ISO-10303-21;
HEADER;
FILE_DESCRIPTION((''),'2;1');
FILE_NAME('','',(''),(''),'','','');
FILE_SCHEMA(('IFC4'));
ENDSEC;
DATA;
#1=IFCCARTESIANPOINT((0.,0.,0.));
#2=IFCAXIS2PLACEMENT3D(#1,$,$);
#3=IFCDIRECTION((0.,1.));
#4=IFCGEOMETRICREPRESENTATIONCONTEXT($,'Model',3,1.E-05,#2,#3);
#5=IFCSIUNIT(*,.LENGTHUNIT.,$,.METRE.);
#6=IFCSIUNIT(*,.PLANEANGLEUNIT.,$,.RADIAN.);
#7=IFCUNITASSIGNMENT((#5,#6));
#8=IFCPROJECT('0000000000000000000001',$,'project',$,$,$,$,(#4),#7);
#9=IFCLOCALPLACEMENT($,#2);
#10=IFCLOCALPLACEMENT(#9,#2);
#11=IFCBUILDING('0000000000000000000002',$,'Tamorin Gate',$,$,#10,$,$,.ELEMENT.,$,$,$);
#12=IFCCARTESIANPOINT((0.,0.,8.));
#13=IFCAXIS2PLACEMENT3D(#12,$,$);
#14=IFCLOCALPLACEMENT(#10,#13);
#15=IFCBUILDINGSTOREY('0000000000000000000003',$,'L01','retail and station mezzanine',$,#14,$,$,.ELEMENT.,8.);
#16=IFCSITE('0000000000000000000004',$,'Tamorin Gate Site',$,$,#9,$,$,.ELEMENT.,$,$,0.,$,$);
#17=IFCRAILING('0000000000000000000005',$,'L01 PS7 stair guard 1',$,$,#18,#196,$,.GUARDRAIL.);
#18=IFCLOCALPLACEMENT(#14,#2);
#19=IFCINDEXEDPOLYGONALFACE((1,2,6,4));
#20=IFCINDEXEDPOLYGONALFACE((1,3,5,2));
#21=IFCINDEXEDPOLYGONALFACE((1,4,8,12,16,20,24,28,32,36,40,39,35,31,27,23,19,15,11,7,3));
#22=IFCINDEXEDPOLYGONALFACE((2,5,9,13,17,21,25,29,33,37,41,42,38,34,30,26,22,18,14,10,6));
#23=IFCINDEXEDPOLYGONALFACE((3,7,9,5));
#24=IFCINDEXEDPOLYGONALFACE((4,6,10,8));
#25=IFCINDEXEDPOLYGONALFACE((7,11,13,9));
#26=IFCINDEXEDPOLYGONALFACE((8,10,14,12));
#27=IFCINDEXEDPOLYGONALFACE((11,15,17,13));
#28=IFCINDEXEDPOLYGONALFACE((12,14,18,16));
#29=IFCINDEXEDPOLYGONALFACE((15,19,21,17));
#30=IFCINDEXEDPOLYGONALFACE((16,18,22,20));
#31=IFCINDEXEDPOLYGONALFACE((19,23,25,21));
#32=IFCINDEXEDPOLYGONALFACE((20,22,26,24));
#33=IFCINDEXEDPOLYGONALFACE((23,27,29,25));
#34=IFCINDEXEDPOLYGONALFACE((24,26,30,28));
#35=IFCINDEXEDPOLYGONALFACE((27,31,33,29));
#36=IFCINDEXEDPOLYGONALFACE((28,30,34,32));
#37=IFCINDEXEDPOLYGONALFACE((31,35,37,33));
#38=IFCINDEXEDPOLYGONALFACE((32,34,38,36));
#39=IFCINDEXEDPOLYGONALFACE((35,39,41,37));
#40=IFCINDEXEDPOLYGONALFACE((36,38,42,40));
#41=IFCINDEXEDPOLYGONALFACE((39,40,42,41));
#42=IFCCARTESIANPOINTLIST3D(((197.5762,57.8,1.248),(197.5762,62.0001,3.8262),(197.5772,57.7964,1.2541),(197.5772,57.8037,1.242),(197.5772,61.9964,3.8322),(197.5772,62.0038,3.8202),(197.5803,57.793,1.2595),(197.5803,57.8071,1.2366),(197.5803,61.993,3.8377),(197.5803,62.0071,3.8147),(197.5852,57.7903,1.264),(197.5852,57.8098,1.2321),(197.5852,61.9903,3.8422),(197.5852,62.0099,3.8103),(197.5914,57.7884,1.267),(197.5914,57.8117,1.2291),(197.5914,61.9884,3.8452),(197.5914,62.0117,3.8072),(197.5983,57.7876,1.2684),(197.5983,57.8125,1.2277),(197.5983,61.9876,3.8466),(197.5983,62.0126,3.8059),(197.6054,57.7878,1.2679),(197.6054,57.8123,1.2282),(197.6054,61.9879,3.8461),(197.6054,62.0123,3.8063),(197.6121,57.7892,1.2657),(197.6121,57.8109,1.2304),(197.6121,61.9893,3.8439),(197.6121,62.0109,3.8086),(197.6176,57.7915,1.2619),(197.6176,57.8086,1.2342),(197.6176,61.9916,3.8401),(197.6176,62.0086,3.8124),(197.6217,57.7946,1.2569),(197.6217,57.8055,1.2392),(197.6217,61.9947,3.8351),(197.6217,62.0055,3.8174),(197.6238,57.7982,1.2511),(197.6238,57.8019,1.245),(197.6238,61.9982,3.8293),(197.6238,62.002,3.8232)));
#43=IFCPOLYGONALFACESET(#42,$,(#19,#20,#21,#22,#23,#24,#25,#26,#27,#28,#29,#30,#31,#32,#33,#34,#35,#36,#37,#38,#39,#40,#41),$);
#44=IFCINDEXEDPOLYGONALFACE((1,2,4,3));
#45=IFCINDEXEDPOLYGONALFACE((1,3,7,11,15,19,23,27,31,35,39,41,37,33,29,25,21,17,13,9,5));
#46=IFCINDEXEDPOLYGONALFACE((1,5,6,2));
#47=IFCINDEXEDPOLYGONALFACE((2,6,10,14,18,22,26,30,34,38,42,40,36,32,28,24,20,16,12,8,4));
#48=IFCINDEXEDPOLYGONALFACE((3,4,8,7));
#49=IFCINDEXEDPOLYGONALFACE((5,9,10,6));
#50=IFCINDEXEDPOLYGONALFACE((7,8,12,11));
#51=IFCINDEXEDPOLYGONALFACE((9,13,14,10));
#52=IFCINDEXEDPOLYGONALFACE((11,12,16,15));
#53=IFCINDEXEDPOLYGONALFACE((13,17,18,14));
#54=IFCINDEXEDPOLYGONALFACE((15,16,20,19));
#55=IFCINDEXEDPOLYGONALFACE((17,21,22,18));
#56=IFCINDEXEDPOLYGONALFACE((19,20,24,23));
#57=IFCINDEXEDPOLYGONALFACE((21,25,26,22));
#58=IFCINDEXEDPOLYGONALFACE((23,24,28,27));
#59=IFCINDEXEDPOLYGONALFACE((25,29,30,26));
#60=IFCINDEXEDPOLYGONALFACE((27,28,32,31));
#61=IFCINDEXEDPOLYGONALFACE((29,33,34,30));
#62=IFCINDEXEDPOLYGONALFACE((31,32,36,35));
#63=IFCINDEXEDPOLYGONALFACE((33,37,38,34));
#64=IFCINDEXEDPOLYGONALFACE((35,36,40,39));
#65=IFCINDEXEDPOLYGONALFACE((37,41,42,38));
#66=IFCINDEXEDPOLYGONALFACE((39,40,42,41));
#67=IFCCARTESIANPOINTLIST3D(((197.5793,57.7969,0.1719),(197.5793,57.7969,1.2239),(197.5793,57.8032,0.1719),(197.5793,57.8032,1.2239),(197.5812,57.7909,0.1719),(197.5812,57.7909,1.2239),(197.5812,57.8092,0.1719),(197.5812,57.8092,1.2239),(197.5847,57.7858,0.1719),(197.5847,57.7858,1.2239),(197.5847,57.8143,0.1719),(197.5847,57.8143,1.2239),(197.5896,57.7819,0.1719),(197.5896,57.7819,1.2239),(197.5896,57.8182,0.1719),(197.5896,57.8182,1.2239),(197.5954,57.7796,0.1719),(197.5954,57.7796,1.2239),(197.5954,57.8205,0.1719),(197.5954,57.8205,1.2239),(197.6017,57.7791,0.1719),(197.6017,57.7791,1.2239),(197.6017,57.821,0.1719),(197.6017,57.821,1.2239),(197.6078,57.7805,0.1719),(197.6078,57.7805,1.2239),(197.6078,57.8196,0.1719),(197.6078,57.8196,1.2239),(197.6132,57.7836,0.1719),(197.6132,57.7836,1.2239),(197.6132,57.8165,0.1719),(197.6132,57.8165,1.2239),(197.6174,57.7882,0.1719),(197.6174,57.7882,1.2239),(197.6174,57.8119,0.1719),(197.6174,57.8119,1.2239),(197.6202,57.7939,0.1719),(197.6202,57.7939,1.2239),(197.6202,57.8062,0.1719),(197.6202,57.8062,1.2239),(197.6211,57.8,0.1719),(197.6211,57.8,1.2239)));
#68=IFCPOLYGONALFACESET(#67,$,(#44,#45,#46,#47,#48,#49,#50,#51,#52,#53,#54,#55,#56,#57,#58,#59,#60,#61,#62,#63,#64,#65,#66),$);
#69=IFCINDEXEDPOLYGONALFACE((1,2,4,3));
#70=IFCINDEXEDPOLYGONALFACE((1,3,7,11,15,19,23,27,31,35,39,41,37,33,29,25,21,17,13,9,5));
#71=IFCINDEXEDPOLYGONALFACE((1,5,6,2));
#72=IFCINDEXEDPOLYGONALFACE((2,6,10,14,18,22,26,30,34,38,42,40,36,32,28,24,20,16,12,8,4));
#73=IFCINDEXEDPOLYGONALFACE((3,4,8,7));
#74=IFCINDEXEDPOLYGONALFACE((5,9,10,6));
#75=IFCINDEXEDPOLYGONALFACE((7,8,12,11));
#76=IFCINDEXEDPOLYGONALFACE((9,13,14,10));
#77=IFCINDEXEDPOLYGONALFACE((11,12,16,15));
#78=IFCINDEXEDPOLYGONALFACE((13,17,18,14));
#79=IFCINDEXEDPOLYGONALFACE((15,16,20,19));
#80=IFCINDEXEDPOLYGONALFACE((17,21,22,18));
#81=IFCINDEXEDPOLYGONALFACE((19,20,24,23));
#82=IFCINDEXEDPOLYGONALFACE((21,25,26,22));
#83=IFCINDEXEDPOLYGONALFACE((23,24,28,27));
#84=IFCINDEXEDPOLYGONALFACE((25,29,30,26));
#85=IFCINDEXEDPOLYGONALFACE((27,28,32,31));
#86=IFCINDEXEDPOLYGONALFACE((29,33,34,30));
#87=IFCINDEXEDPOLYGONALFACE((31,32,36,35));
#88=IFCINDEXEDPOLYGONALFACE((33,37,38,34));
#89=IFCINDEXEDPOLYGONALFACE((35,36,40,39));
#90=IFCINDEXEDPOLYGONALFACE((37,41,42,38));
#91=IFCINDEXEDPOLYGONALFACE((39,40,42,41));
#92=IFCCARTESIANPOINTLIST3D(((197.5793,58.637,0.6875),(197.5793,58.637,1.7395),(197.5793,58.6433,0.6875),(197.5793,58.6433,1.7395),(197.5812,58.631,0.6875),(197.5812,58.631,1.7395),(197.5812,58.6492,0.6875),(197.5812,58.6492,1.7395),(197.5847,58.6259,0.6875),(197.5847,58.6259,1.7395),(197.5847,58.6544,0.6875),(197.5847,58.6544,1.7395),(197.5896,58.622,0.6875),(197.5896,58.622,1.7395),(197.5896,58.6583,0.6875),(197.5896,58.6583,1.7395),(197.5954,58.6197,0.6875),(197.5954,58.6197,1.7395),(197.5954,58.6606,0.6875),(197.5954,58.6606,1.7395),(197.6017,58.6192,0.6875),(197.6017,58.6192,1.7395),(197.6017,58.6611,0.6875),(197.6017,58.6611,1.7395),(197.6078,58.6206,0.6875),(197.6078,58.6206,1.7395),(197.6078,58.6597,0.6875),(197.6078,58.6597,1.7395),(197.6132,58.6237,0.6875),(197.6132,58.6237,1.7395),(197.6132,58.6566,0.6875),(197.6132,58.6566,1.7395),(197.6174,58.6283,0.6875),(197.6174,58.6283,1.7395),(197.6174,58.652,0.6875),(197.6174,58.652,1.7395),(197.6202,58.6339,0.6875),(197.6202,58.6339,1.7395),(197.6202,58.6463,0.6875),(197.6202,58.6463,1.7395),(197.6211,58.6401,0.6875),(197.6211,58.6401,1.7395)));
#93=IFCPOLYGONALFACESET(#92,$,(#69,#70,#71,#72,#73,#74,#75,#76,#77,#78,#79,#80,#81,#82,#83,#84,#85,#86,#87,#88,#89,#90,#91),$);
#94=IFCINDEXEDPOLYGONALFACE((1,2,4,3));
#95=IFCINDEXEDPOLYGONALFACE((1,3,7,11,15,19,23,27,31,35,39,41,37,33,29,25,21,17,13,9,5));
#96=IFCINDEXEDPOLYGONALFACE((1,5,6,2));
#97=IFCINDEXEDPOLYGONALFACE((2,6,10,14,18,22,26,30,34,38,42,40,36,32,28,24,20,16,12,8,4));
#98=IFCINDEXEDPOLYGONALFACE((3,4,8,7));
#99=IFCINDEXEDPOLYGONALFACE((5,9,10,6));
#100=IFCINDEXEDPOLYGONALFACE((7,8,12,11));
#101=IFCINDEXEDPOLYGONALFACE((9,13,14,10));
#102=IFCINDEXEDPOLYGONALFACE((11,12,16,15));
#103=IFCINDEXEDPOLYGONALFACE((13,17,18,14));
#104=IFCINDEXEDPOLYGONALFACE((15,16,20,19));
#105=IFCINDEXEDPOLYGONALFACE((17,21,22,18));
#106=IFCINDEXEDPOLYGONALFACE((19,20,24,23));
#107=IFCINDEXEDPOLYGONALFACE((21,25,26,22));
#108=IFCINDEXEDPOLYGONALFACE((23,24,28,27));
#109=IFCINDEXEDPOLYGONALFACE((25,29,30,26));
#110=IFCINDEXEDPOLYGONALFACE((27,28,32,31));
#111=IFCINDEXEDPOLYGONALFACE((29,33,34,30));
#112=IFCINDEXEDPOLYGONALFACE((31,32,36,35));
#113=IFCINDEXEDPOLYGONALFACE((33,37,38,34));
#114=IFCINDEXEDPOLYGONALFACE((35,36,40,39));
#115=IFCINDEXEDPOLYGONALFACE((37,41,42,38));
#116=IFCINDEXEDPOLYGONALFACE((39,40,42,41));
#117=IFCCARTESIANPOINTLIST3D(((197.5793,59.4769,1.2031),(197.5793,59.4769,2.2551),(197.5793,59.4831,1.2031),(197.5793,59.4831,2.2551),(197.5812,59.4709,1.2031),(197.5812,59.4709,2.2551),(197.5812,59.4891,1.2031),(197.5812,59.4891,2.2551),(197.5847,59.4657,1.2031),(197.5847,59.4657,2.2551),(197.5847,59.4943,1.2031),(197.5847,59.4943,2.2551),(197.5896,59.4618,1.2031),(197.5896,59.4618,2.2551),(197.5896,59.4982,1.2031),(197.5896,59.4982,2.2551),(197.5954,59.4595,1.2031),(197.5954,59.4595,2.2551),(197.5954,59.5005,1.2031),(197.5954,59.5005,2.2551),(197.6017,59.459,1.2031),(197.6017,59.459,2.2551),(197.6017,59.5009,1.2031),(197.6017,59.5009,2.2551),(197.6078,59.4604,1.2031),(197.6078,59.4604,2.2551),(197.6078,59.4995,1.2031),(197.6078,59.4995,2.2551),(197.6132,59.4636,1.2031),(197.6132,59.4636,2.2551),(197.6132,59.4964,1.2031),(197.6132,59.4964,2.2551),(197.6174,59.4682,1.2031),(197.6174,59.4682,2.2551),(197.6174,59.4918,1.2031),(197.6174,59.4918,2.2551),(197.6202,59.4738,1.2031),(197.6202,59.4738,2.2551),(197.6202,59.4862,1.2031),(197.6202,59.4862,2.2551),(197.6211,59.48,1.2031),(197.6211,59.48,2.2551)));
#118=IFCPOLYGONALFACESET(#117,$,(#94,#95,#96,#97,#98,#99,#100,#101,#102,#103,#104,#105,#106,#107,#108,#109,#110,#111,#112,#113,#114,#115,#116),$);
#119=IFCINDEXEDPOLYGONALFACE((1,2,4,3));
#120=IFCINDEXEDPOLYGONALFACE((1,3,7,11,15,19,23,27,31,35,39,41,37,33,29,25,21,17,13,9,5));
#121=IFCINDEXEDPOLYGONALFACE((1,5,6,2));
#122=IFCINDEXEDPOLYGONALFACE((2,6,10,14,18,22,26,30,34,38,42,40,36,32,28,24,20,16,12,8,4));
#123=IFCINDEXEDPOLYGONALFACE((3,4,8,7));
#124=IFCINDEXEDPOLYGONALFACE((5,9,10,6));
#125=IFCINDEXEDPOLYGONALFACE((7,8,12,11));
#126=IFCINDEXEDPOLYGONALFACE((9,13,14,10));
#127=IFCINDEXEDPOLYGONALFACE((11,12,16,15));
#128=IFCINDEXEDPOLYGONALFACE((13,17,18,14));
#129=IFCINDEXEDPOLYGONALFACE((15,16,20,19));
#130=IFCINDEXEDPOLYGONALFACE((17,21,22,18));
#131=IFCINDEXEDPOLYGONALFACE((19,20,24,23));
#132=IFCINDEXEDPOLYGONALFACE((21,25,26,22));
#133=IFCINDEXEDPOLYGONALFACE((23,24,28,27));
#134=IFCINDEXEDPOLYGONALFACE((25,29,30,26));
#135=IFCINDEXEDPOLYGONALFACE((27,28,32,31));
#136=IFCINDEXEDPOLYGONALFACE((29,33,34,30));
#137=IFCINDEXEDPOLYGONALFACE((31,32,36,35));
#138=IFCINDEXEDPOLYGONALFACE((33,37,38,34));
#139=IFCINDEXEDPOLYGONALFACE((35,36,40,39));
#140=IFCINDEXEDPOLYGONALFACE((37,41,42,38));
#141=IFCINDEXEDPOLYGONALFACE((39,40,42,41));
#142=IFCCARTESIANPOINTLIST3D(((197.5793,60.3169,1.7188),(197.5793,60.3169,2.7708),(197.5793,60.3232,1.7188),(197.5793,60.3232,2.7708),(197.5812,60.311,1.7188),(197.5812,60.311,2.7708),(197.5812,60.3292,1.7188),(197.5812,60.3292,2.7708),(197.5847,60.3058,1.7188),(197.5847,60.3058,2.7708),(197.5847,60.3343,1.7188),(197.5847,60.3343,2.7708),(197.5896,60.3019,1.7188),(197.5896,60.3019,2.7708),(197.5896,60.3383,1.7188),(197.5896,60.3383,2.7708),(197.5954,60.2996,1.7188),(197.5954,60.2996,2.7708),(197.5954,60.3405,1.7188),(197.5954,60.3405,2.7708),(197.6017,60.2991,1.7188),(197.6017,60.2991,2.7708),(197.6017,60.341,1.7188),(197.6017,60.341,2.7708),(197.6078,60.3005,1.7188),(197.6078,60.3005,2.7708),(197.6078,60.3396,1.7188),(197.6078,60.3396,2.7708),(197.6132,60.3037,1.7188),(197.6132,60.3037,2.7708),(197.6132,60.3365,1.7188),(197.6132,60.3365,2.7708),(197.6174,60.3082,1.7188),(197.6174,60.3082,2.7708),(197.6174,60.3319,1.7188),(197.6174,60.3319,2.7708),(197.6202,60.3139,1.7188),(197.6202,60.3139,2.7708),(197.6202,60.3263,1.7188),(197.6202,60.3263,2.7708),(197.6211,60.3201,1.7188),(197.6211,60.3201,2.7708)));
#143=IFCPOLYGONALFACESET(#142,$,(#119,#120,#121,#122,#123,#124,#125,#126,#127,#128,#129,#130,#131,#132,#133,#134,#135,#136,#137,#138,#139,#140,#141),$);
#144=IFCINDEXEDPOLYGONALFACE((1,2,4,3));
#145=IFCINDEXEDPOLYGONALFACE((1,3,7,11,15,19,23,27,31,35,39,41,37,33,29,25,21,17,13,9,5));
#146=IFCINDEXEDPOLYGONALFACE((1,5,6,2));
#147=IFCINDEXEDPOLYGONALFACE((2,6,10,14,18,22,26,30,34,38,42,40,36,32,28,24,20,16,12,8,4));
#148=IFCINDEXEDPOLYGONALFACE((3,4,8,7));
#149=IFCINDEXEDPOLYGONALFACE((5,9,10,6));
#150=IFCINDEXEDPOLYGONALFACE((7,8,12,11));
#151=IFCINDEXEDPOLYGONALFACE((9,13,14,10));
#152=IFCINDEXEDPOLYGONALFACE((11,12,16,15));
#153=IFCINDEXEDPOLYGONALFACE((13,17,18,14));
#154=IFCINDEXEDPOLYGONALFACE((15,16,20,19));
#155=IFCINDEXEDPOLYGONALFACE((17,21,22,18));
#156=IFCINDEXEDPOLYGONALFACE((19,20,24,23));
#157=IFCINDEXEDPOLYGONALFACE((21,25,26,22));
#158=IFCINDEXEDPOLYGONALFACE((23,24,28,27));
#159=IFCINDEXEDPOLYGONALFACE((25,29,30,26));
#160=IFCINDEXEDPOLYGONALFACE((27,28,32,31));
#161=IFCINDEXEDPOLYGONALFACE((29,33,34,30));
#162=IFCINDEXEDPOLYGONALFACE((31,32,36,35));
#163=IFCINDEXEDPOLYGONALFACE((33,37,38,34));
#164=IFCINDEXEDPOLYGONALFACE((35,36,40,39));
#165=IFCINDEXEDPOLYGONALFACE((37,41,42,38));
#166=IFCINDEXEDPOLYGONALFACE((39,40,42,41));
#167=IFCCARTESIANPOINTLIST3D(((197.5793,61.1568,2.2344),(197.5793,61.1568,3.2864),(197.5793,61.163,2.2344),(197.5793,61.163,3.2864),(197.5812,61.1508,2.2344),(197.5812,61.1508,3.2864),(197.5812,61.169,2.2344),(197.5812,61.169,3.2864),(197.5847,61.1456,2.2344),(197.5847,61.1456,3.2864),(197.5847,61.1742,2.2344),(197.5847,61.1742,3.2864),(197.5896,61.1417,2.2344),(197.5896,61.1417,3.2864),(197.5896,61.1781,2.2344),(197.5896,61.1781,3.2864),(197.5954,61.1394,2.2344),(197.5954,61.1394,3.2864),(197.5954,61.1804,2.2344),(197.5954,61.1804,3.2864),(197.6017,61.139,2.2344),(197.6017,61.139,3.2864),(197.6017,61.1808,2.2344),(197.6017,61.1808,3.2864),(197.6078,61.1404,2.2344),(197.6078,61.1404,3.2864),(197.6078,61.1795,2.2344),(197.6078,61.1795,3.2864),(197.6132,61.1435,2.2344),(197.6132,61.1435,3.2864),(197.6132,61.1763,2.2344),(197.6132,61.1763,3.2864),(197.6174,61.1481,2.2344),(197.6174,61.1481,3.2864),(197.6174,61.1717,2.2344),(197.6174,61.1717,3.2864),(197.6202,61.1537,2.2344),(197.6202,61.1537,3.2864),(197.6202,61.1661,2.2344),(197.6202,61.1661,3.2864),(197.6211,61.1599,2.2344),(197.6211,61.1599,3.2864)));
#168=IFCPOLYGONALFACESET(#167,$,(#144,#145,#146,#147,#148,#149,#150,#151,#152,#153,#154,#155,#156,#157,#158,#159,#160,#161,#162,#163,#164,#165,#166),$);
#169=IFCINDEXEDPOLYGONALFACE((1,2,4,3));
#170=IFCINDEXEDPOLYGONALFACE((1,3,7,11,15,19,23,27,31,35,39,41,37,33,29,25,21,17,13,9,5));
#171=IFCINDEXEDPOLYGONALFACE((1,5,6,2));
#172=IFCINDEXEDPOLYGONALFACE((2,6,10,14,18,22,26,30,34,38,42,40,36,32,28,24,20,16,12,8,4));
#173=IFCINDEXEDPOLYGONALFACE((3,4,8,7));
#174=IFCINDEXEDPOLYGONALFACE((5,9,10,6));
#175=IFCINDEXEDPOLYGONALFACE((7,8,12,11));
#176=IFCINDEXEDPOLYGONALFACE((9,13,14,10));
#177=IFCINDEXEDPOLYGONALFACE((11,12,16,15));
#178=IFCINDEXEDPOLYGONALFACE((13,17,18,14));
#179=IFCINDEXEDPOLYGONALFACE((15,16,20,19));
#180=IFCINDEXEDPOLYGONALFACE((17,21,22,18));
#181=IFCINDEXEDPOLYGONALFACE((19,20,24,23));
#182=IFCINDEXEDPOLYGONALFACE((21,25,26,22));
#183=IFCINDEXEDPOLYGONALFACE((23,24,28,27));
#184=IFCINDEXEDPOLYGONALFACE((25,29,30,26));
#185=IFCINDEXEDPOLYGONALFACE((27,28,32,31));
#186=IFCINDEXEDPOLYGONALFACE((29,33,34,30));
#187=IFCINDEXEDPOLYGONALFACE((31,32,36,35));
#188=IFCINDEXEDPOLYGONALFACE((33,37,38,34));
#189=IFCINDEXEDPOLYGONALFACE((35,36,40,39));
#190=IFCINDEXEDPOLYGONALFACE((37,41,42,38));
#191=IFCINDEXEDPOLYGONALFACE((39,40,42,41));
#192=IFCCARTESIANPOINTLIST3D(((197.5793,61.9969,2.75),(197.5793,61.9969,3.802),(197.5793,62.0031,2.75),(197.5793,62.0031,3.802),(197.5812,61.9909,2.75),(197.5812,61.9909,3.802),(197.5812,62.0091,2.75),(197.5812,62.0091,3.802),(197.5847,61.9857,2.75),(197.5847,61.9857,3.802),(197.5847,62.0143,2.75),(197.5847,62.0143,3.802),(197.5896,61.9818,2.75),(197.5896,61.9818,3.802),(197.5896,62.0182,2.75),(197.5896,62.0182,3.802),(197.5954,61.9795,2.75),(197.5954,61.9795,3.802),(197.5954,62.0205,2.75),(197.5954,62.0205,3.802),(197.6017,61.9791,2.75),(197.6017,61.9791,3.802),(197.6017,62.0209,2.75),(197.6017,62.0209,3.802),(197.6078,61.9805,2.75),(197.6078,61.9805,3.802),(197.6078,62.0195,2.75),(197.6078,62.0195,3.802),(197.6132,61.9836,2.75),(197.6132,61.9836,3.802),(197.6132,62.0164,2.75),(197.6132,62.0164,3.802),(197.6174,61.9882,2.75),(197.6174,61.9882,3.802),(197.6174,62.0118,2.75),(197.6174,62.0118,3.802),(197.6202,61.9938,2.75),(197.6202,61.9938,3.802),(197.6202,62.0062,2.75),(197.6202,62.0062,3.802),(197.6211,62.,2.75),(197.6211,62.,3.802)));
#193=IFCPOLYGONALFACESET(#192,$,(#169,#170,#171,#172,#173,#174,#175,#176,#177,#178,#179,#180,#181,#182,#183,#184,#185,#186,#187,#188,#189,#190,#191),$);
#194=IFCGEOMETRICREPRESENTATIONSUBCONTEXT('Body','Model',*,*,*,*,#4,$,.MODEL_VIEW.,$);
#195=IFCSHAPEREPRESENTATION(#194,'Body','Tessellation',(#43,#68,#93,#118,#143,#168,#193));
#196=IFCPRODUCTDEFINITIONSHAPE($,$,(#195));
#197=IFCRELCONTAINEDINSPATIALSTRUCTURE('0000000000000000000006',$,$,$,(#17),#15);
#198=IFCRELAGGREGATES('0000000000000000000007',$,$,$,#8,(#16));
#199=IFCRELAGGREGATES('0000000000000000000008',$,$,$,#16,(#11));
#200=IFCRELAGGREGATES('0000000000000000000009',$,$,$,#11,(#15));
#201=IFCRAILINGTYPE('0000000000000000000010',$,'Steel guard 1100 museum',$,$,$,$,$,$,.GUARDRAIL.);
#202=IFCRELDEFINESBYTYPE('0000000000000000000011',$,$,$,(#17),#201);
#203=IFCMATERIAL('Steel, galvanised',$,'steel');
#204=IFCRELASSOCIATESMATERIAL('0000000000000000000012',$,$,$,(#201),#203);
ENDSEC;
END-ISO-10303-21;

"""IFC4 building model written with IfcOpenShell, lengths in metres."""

from ifc_helpers import new_model, si_unit, direction, frame, origin, origin_2d, place, context, subcontext, project, spatial, circle, extrude, material, type_object, element, save


model = new_model("IFC4")

# Units and contexts
model_context = context("Model", 3, precision=1e-05, world=origin(), true_north=direction((0.0, 1.0)))
body_context = subcontext(model_context, "Body", "Model", "MODEL_VIEW")
ifc_project = project(units=[si_unit("LENGTHUNIT", "METRE"), si_unit("PLANEANGLEUNIT", "RADIAN")], contexts=[model_context])

# Site, building, storey
site_placement = place(None, origin())
site = spatial("IfcSite", under=ifc_project, at=site_placement, Name="Tamorin Gate Site", CompositionType="ELEMENT", RefElevation=0.0)
building_placement = place(site_placement, origin())
building = spatial("IfcBuilding", under=site, at=building_placement, Name="Tamorin Gate", CompositionType="ELEMENT")
storey_placement = place(building_placement, frame((0.0, 0.0, 8.0)))
storey = spatial("IfcBuildingStorey", under=building, at=storey_placement, Name="L01", Description="retail and station mezzanine", CompositionType="ELEMENT", Elevation=8.0)

# Railing
ifc_material_1 = material(Name="Steel, galvanised", Category="steel")
railing_type_1 = type_object("IfcRailingType", Name="Steel guard 1100 museum", PredefinedType="GUARDRAIL", material=ifc_material_1)
railing_1_placement = place(storey_placement, frame((197.6001, 57.8, 0.1719)))
element("IfcRailing", 1, at=railing_1_placement, inside=storey, type_object=railing_type_1, Name="L01 PS7 stair guard 1", PredefinedType="GUARDRAIL", context=body_context, shape_type="SweptSolid", body=[
    extrude(circle(Radius=0.0239, at=origin_2d()), frame((0.0, 0.0, 1.0762), z_axis=(0.0, 0.852243, 0.523146), x_axis=(-1.0, 0.0, 0.0)), (0.0, 0.0, 1.0), 4.9282),
    extrude(circle(Radius=0.021, at=origin_2d()), origin(), (0.0, 0.0, 1.0), 1.052),
    extrude(circle(Radius=0.021, at=origin_2d()), frame((0.0, 0.8401, 0.5156)), (0.0, 0.0, 1.0), 1.052),
    extrude(circle(Radius=0.021, at=origin_2d()), frame((0.0, 1.6799, 1.0312)), (0.0, 0.0, 1.0), 1.052),
    extrude(circle(Radius=0.021, at=origin_2d()), frame((0.0, 2.52, 1.5469)), (0.0, 0.0, 1.0), 1.052),
    extrude(circle(Radius=0.021, at=origin_2d()), frame((0.0, 3.3599, 2.0625)), (0.0, 0.0, 1.0), 1.052),
    extrude(circle(Radius=0.021, at=origin_2d()), frame((0.0, 4.2, 2.5781)), (0.0, 0.0, 1.0), 1.052),
])

save(model, "model.ifc")
